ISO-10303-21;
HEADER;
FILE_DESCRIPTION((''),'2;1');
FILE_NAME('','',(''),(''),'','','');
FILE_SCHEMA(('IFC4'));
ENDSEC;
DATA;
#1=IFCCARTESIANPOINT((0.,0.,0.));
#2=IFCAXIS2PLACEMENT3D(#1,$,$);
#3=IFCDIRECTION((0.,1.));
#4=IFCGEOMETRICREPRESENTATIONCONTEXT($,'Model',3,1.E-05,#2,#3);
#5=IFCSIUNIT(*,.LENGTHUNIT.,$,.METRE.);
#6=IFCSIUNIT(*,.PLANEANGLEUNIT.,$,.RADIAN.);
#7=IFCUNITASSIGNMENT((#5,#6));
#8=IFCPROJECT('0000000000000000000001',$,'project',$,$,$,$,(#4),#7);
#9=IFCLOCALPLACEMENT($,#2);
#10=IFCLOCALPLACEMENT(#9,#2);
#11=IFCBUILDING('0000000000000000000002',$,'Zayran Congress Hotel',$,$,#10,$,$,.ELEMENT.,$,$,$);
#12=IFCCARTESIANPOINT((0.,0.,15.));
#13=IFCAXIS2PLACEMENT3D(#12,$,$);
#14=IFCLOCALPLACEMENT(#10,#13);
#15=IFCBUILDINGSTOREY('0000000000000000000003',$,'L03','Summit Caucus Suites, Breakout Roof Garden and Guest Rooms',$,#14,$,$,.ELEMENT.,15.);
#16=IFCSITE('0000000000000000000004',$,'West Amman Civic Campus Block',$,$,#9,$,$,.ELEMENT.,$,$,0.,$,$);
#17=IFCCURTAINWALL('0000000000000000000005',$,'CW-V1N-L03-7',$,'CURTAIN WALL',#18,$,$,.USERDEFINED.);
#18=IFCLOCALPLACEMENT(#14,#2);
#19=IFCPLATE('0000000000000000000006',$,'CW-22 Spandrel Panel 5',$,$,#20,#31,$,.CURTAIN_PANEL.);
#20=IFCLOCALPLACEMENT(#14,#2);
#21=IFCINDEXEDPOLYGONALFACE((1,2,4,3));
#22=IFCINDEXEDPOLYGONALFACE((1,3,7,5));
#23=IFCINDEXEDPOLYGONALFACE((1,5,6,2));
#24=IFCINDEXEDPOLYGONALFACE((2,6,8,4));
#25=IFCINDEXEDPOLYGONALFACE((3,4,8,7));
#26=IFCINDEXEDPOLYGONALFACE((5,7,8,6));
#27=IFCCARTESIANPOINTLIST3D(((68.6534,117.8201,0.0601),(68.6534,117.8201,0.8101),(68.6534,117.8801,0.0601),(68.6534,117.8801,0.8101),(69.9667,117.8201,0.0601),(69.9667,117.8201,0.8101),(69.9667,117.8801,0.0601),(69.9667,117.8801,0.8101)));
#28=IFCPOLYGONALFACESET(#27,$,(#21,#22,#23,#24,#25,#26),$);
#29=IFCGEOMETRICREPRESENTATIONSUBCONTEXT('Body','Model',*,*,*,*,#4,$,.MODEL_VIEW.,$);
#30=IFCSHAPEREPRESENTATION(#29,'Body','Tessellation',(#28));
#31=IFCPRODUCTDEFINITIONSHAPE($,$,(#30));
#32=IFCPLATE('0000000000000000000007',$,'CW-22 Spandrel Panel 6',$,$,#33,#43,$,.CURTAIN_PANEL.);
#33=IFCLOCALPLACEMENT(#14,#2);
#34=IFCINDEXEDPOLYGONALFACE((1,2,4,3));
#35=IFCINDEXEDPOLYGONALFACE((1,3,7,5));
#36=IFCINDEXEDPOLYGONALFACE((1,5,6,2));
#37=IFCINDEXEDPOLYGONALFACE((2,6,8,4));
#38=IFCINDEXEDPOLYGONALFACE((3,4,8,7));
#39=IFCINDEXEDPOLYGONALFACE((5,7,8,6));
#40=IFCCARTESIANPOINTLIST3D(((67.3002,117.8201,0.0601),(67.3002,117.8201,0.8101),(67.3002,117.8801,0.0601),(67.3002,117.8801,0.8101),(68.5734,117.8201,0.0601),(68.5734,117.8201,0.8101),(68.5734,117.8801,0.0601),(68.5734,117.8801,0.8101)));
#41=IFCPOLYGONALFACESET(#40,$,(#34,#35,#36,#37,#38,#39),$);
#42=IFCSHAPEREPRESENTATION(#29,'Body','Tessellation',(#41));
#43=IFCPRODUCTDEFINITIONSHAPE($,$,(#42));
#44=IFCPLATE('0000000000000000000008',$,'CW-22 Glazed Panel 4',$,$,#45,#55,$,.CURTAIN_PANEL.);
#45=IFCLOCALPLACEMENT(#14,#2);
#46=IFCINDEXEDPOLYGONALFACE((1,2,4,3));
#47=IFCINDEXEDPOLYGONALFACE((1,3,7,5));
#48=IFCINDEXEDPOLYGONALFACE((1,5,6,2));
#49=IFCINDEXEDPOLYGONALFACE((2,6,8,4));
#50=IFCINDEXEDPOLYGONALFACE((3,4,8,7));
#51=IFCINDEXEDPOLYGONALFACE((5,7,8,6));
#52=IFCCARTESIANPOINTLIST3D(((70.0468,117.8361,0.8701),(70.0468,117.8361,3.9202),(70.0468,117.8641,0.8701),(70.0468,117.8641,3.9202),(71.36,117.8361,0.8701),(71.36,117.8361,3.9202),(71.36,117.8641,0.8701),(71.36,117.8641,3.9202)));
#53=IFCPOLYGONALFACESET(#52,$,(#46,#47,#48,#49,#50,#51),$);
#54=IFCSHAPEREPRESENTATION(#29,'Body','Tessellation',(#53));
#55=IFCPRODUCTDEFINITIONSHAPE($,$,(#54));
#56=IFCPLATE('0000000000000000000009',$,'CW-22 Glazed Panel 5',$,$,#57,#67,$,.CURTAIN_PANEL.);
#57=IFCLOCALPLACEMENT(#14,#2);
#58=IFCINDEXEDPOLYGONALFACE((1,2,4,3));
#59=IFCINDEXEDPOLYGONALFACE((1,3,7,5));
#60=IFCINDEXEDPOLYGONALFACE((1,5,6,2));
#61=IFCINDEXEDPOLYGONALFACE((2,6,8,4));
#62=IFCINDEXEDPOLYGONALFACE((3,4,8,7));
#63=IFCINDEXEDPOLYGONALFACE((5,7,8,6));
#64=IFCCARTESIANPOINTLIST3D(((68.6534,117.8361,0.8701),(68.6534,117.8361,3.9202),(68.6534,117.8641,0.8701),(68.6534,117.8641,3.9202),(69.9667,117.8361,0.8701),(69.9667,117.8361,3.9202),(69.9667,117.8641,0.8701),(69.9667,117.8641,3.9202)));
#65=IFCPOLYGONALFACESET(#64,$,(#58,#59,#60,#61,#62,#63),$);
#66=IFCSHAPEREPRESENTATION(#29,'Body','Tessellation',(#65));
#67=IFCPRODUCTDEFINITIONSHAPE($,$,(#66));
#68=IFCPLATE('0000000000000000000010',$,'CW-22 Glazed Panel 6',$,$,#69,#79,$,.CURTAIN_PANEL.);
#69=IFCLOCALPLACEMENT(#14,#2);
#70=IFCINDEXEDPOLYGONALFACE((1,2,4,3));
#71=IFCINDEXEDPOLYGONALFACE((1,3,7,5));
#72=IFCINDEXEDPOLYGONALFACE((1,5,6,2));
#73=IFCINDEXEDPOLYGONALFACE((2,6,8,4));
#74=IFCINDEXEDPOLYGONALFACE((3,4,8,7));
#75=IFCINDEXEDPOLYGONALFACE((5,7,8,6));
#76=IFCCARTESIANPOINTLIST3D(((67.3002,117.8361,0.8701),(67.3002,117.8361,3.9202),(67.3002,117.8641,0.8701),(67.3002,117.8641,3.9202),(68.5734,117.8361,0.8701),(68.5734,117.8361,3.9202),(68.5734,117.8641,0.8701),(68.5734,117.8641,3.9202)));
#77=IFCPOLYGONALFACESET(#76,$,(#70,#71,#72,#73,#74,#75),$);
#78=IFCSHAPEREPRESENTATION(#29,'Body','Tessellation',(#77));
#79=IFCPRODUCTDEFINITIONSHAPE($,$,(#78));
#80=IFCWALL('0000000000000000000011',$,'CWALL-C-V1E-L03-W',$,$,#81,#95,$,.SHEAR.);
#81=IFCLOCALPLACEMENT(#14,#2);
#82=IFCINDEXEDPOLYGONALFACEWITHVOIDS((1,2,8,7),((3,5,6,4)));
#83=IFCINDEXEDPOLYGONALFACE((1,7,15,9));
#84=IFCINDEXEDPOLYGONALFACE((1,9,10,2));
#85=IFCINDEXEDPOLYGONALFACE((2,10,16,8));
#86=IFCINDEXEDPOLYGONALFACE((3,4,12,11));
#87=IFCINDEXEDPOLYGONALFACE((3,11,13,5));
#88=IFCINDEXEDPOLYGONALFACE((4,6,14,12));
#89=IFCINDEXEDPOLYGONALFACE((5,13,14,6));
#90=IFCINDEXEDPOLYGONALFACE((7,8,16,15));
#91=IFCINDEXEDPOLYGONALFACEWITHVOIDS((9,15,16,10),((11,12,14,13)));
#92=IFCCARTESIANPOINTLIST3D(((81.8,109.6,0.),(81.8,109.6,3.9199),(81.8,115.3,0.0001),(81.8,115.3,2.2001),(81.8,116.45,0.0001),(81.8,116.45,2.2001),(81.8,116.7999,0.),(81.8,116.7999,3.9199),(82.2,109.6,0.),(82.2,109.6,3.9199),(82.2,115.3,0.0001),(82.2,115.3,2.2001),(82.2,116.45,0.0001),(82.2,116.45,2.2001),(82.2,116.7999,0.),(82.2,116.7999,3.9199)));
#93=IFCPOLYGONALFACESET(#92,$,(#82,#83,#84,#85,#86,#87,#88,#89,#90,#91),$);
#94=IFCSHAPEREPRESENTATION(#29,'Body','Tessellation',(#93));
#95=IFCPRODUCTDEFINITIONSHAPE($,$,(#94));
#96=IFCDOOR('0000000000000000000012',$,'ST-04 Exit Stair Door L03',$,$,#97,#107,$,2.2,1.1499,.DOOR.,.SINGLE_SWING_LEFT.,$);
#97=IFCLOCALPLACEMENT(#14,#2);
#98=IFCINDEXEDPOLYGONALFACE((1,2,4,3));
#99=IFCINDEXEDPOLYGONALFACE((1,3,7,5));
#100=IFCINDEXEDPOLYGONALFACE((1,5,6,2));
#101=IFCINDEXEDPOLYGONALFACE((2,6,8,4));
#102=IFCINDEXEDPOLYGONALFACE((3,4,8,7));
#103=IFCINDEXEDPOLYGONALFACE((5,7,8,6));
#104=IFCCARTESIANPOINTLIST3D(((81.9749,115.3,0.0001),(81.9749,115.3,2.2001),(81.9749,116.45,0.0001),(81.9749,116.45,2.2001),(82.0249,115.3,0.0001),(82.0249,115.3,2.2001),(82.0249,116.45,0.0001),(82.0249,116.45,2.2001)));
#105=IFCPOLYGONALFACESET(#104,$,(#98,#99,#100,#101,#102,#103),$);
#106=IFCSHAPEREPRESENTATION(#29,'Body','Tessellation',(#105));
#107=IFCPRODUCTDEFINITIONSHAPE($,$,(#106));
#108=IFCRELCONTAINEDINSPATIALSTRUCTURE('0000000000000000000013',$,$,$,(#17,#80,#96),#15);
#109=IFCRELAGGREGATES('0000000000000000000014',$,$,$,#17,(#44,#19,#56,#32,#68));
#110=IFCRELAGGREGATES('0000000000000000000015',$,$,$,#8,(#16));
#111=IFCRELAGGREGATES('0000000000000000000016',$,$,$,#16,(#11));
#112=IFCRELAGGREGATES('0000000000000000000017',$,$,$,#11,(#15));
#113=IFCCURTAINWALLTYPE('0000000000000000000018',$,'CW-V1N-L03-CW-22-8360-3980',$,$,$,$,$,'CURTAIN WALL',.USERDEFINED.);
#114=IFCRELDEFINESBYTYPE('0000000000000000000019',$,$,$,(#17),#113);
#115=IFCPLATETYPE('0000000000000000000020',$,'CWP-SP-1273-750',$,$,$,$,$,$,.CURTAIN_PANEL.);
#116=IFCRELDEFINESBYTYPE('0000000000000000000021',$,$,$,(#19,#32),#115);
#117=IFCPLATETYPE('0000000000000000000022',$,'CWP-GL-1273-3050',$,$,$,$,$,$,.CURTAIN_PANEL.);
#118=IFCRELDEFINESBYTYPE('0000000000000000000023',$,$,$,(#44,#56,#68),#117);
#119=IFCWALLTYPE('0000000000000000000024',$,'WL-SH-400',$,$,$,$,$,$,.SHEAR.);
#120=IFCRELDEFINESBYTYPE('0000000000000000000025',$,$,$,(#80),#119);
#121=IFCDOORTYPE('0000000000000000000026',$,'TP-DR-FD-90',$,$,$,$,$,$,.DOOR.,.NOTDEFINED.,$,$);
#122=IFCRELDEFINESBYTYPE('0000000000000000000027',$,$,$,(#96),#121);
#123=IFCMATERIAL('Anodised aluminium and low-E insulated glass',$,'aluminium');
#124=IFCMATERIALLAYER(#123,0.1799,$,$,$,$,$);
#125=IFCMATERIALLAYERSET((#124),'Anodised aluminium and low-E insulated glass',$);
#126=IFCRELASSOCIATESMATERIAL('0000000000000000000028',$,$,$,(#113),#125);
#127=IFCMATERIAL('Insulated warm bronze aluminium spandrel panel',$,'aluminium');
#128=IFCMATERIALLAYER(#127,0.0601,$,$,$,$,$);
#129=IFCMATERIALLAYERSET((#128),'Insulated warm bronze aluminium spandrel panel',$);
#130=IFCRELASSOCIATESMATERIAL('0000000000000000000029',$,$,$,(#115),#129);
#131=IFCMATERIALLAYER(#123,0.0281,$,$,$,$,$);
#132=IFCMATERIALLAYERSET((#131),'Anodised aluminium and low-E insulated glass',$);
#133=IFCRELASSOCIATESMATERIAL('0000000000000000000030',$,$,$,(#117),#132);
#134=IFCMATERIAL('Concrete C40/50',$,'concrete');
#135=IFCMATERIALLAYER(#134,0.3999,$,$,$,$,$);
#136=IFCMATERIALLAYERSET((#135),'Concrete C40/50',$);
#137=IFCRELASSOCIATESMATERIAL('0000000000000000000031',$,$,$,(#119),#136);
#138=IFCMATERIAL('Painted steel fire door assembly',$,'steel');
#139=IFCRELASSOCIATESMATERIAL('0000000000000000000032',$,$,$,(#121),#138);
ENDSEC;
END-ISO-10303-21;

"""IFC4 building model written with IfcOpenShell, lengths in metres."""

from ifc_helpers import new_model, si_unit, direction, frame, frame_2d, origin, origin_2d, place, context, subcontext, project, spatial, rectangle, extrude, material, layer, layer_set, type_object, element, fill, aggregate, save


model = new_model("IFC4")

# Units and contexts
model_context = context("Model", 3, precision=1e-05, world=origin(), true_north=direction((0.0, 1.0)))
body_context = subcontext(model_context, "Body", "Model", "MODEL_VIEW")
ifc_project = project(units=[si_unit("LENGTHUNIT", "METRE"), si_unit("PLANEANGLEUNIT", "RADIAN")], contexts=[model_context])

# Site, building, storey
site_placement = place(None, origin())
site = spatial("IfcSite", under=ifc_project, at=site_placement, Name="West Amman Civic Campus Block", CompositionType="ELEMENT", RefElevation=0.0)
building_placement = place(site_placement, origin())
building = spatial("IfcBuilding", under=site, at=building_placement, Name="Zayran Congress Hotel", CompositionType="ELEMENT")
storey_placement = place(building_placement, frame((0.0, 0.0, 15.0)))
storey = spatial("IfcBuildingStorey", under=building, at=storey_placement, Name="L03", Description="Summit Caucus Suites, Breakout Roof Garden and Guest Rooms", CompositionType="ELEMENT", Elevation=15.0)

# Shared definitions
ifc_material_1 = material(Name="Anodised aluminium and low-E insulated glass", Category="aluminium")

# Curtain wall, plates
ifc_layer_1 = layer(ifc_material_1, 0.1799)
ifc_layer_set_1 = layer_set([ifc_layer_1], Name="Anodised aluminium and low-E insulated glass")
curtain_wall_type_1 = type_object("IfcCurtainWallType", Name="CW-V1N-L03-CW-22-8360-3980", ElementType="CURTAIN WALL", PredefinedType="USERDEFINED", material=ifc_layer_set_1)
curtain_wall_1_placement = place(storey_placement, origin())
curtain_wall_1 = element("IfcCurtainWall", 1, at=curtain_wall_1_placement, inside=storey, type_object=curtain_wall_type_1, Name="CW-V1N-L03-7", ObjectType="CURTAIN WALL", PredefinedType="USERDEFINED")
ifc_material_2 = material(Name="Insulated warm bronze aluminium spandrel panel", Category="aluminium")
ifc_layer_2 = layer(ifc_material_2, 0.0601)
ifc_layer_set_2 = layer_set([ifc_layer_2], Name="Insulated warm bronze aluminium spandrel panel")
plate_type_1 = type_object("IfcPlateType", Name="CWP-SP-1273-750", PredefinedType="CURTAIN_PANEL", material=ifc_layer_set_2)
plate_1_placement = place(storey_placement, frame((69.3101, 117.8501, 0.0601), z_axis=(0.0, 0.0, 1.0), x_axis=(1.0, 0.0, 0.0)))
plate_1 = element("IfcPlate", 2, at=plate_1_placement, type_object=plate_type_1, Name="CW-22 Spandrel Panel 5", PredefinedType="CURTAIN_PANEL", context=body_context, shape_type="SweptSolid", body=[
    extrude(rectangle(XDim=1.3132, YDim=0.0601, at=origin_2d()), origin(), (0.0, 0.0, 1.0), 0.75),
])
plate_2_placement = place(storey_placement, frame((67.9368, 117.8501, 0.0601), z_axis=(0.0, 0.0, 1.0), x_axis=(1.0, 0.0, 0.0)))
plate_2 = element("IfcPlate", 3, at=plate_2_placement, type_object=plate_type_1, Name="CW-22 Spandrel Panel 6", PredefinedType="CURTAIN_PANEL", context=body_context, shape_type="SweptSolid", body=[
    extrude(rectangle(XDim=1.2732, YDim=0.0601, at=origin_2d()), origin(), (0.0, 0.0, 1.0), 0.75),
])
ifc_layer_3 = layer(ifc_material_1, 0.0281)
ifc_layer_set_3 = layer_set([ifc_layer_3], Name="Anodised aluminium and low-E insulated glass")
plate_type_2 = type_object("IfcPlateType", Name="CWP-GL-1273-3050", PredefinedType="CURTAIN_PANEL", material=ifc_layer_set_3)
plate_3_placement = place(storey_placement, frame((70.7034, 117.8501, 0.8701), z_axis=(0.0, 0.0, 1.0), x_axis=(1.0, 0.0, 0.0)))
plate_3 = element("IfcPlate", 4, at=plate_3_placement, type_object=plate_type_2, Name="CW-22 Glazed Panel 4", PredefinedType="CURTAIN_PANEL", context=body_context, shape_type="SweptSolid", body=[
    extrude(rectangle(XDim=1.3132, YDim=0.0281, at=origin_2d()), origin(), (0.0, 0.0, 1.0), 3.05),
])
plate_4_placement = place(storey_placement, frame((69.3101, 117.8501, 0.8701), z_axis=(0.0, 0.0, 1.0), x_axis=(1.0, 0.0, 0.0)))
plate_4 = element("IfcPlate", 5, at=plate_4_placement, type_object=plate_type_2, Name="CW-22 Glazed Panel 5", PredefinedType="CURTAIN_PANEL", context=body_context, shape_type="SweptSolid", body=[
    extrude(rectangle(XDim=1.3132, YDim=0.0281, at=origin_2d()), origin(), (0.0, 0.0, 1.0), 3.05),
])
plate_5_placement = place(storey_placement, frame((67.9368, 117.8501, 0.8701), z_axis=(0.0, 0.0, 1.0), x_axis=(1.0, 0.0, 0.0)))
plate_5 = element("IfcPlate", 6, at=plate_5_placement, type_object=plate_type_2, Name="CW-22 Glazed Panel 6", PredefinedType="CURTAIN_PANEL", context=body_context, shape_type="SweptSolid", body=[
    extrude(rectangle(XDim=1.2732, YDim=0.0281, at=origin_2d()), origin(), (0.0, 0.0, 1.0), 3.05),
])
aggregate(curtain_wall_1, [plate_3, plate_1, plate_4, plate_2, plate_5])

# Wall, opening, door
ifc_material_3 = material(Name="Concrete C40/50", Category="concrete")
ifc_layer_4 = layer(ifc_material_3, 0.3999)
ifc_layer_set_4 = layer_set([ifc_layer_4], Name="Concrete C40/50")
wall_type = type_object("IfcWallType", Name="WL-SH-400", PredefinedType="SHEAR", material=ifc_layer_set_4)
wall_placement = place(storey_placement, frame((82.0, 116.8, 0.0), z_axis=(0.0, 0.0, 1.0), x_axis=(0.0, -1.0, 0.0)))
wall = element("IfcWall", 7, at=wall_placement, inside=storey, type_object=wall_type, Name="CWALL-C-V1E-L03-W", PredefinedType="SHEAR", context=body_context, shape_type="SweptSolid", body=[
    extrude(rectangle(XDim=7.2, YDim=0.3999, at=frame_2d((3.6001, 0.0))), origin(), (0.0, 0.0, 1.0), 3.9199),
])
opening_placement = place(wall_placement, frame((0.3501, 0.0, 0.0)))
opening = element("IfcOpeningElement", 8, at=opening_placement, cuts=wall, PredefinedType="OPENING", context=body_context, shape_type="SweptSolid", body=[
    extrude(rectangle(XDim=1.1499, YDim=2.2, at=frame_2d((0.575, 1.1001))), frame((0.0, 0.21, 0.0), z_axis=(0.0, -1.0, 0.0), x_axis=(1.0, 0.0, 0.0)), (0.0, 0.0, 1.0), 0.4199),
])
ifc_material_4 = material(Name="Painted steel fire door assembly", Category="steel")
door_type = type_object("IfcDoorType", Name="TP-DR-FD-90", OperationType="NOTDEFINED", PredefinedType="DOOR", material=ifc_material_4)
door_placement = place(opening_placement, origin())
door = element("IfcDoor", 9, at=door_placement, inside=storey, type_object=door_type, Name="ST-04 Exit Stair Door L03", OperationType="SINGLE_SWING_LEFT", OverallHeight=2.2, OverallWidth=1.1499, PredefinedType="DOOR", context=body_context, shape_type="SweptSolid", body=[
    extrude(rectangle(XDim=1.1499, YDim=2.2, at=frame_2d((0.575, 1.1001))), frame((0.0, 0.0249, 0.0), z_axis=(0.0, -1.0, 0.0), x_axis=(1.0, 0.0, 0.0)), (0.0, 0.0, 1.0), 0.05),
])
fill(opening, door)

save(model, "model.ifc")
